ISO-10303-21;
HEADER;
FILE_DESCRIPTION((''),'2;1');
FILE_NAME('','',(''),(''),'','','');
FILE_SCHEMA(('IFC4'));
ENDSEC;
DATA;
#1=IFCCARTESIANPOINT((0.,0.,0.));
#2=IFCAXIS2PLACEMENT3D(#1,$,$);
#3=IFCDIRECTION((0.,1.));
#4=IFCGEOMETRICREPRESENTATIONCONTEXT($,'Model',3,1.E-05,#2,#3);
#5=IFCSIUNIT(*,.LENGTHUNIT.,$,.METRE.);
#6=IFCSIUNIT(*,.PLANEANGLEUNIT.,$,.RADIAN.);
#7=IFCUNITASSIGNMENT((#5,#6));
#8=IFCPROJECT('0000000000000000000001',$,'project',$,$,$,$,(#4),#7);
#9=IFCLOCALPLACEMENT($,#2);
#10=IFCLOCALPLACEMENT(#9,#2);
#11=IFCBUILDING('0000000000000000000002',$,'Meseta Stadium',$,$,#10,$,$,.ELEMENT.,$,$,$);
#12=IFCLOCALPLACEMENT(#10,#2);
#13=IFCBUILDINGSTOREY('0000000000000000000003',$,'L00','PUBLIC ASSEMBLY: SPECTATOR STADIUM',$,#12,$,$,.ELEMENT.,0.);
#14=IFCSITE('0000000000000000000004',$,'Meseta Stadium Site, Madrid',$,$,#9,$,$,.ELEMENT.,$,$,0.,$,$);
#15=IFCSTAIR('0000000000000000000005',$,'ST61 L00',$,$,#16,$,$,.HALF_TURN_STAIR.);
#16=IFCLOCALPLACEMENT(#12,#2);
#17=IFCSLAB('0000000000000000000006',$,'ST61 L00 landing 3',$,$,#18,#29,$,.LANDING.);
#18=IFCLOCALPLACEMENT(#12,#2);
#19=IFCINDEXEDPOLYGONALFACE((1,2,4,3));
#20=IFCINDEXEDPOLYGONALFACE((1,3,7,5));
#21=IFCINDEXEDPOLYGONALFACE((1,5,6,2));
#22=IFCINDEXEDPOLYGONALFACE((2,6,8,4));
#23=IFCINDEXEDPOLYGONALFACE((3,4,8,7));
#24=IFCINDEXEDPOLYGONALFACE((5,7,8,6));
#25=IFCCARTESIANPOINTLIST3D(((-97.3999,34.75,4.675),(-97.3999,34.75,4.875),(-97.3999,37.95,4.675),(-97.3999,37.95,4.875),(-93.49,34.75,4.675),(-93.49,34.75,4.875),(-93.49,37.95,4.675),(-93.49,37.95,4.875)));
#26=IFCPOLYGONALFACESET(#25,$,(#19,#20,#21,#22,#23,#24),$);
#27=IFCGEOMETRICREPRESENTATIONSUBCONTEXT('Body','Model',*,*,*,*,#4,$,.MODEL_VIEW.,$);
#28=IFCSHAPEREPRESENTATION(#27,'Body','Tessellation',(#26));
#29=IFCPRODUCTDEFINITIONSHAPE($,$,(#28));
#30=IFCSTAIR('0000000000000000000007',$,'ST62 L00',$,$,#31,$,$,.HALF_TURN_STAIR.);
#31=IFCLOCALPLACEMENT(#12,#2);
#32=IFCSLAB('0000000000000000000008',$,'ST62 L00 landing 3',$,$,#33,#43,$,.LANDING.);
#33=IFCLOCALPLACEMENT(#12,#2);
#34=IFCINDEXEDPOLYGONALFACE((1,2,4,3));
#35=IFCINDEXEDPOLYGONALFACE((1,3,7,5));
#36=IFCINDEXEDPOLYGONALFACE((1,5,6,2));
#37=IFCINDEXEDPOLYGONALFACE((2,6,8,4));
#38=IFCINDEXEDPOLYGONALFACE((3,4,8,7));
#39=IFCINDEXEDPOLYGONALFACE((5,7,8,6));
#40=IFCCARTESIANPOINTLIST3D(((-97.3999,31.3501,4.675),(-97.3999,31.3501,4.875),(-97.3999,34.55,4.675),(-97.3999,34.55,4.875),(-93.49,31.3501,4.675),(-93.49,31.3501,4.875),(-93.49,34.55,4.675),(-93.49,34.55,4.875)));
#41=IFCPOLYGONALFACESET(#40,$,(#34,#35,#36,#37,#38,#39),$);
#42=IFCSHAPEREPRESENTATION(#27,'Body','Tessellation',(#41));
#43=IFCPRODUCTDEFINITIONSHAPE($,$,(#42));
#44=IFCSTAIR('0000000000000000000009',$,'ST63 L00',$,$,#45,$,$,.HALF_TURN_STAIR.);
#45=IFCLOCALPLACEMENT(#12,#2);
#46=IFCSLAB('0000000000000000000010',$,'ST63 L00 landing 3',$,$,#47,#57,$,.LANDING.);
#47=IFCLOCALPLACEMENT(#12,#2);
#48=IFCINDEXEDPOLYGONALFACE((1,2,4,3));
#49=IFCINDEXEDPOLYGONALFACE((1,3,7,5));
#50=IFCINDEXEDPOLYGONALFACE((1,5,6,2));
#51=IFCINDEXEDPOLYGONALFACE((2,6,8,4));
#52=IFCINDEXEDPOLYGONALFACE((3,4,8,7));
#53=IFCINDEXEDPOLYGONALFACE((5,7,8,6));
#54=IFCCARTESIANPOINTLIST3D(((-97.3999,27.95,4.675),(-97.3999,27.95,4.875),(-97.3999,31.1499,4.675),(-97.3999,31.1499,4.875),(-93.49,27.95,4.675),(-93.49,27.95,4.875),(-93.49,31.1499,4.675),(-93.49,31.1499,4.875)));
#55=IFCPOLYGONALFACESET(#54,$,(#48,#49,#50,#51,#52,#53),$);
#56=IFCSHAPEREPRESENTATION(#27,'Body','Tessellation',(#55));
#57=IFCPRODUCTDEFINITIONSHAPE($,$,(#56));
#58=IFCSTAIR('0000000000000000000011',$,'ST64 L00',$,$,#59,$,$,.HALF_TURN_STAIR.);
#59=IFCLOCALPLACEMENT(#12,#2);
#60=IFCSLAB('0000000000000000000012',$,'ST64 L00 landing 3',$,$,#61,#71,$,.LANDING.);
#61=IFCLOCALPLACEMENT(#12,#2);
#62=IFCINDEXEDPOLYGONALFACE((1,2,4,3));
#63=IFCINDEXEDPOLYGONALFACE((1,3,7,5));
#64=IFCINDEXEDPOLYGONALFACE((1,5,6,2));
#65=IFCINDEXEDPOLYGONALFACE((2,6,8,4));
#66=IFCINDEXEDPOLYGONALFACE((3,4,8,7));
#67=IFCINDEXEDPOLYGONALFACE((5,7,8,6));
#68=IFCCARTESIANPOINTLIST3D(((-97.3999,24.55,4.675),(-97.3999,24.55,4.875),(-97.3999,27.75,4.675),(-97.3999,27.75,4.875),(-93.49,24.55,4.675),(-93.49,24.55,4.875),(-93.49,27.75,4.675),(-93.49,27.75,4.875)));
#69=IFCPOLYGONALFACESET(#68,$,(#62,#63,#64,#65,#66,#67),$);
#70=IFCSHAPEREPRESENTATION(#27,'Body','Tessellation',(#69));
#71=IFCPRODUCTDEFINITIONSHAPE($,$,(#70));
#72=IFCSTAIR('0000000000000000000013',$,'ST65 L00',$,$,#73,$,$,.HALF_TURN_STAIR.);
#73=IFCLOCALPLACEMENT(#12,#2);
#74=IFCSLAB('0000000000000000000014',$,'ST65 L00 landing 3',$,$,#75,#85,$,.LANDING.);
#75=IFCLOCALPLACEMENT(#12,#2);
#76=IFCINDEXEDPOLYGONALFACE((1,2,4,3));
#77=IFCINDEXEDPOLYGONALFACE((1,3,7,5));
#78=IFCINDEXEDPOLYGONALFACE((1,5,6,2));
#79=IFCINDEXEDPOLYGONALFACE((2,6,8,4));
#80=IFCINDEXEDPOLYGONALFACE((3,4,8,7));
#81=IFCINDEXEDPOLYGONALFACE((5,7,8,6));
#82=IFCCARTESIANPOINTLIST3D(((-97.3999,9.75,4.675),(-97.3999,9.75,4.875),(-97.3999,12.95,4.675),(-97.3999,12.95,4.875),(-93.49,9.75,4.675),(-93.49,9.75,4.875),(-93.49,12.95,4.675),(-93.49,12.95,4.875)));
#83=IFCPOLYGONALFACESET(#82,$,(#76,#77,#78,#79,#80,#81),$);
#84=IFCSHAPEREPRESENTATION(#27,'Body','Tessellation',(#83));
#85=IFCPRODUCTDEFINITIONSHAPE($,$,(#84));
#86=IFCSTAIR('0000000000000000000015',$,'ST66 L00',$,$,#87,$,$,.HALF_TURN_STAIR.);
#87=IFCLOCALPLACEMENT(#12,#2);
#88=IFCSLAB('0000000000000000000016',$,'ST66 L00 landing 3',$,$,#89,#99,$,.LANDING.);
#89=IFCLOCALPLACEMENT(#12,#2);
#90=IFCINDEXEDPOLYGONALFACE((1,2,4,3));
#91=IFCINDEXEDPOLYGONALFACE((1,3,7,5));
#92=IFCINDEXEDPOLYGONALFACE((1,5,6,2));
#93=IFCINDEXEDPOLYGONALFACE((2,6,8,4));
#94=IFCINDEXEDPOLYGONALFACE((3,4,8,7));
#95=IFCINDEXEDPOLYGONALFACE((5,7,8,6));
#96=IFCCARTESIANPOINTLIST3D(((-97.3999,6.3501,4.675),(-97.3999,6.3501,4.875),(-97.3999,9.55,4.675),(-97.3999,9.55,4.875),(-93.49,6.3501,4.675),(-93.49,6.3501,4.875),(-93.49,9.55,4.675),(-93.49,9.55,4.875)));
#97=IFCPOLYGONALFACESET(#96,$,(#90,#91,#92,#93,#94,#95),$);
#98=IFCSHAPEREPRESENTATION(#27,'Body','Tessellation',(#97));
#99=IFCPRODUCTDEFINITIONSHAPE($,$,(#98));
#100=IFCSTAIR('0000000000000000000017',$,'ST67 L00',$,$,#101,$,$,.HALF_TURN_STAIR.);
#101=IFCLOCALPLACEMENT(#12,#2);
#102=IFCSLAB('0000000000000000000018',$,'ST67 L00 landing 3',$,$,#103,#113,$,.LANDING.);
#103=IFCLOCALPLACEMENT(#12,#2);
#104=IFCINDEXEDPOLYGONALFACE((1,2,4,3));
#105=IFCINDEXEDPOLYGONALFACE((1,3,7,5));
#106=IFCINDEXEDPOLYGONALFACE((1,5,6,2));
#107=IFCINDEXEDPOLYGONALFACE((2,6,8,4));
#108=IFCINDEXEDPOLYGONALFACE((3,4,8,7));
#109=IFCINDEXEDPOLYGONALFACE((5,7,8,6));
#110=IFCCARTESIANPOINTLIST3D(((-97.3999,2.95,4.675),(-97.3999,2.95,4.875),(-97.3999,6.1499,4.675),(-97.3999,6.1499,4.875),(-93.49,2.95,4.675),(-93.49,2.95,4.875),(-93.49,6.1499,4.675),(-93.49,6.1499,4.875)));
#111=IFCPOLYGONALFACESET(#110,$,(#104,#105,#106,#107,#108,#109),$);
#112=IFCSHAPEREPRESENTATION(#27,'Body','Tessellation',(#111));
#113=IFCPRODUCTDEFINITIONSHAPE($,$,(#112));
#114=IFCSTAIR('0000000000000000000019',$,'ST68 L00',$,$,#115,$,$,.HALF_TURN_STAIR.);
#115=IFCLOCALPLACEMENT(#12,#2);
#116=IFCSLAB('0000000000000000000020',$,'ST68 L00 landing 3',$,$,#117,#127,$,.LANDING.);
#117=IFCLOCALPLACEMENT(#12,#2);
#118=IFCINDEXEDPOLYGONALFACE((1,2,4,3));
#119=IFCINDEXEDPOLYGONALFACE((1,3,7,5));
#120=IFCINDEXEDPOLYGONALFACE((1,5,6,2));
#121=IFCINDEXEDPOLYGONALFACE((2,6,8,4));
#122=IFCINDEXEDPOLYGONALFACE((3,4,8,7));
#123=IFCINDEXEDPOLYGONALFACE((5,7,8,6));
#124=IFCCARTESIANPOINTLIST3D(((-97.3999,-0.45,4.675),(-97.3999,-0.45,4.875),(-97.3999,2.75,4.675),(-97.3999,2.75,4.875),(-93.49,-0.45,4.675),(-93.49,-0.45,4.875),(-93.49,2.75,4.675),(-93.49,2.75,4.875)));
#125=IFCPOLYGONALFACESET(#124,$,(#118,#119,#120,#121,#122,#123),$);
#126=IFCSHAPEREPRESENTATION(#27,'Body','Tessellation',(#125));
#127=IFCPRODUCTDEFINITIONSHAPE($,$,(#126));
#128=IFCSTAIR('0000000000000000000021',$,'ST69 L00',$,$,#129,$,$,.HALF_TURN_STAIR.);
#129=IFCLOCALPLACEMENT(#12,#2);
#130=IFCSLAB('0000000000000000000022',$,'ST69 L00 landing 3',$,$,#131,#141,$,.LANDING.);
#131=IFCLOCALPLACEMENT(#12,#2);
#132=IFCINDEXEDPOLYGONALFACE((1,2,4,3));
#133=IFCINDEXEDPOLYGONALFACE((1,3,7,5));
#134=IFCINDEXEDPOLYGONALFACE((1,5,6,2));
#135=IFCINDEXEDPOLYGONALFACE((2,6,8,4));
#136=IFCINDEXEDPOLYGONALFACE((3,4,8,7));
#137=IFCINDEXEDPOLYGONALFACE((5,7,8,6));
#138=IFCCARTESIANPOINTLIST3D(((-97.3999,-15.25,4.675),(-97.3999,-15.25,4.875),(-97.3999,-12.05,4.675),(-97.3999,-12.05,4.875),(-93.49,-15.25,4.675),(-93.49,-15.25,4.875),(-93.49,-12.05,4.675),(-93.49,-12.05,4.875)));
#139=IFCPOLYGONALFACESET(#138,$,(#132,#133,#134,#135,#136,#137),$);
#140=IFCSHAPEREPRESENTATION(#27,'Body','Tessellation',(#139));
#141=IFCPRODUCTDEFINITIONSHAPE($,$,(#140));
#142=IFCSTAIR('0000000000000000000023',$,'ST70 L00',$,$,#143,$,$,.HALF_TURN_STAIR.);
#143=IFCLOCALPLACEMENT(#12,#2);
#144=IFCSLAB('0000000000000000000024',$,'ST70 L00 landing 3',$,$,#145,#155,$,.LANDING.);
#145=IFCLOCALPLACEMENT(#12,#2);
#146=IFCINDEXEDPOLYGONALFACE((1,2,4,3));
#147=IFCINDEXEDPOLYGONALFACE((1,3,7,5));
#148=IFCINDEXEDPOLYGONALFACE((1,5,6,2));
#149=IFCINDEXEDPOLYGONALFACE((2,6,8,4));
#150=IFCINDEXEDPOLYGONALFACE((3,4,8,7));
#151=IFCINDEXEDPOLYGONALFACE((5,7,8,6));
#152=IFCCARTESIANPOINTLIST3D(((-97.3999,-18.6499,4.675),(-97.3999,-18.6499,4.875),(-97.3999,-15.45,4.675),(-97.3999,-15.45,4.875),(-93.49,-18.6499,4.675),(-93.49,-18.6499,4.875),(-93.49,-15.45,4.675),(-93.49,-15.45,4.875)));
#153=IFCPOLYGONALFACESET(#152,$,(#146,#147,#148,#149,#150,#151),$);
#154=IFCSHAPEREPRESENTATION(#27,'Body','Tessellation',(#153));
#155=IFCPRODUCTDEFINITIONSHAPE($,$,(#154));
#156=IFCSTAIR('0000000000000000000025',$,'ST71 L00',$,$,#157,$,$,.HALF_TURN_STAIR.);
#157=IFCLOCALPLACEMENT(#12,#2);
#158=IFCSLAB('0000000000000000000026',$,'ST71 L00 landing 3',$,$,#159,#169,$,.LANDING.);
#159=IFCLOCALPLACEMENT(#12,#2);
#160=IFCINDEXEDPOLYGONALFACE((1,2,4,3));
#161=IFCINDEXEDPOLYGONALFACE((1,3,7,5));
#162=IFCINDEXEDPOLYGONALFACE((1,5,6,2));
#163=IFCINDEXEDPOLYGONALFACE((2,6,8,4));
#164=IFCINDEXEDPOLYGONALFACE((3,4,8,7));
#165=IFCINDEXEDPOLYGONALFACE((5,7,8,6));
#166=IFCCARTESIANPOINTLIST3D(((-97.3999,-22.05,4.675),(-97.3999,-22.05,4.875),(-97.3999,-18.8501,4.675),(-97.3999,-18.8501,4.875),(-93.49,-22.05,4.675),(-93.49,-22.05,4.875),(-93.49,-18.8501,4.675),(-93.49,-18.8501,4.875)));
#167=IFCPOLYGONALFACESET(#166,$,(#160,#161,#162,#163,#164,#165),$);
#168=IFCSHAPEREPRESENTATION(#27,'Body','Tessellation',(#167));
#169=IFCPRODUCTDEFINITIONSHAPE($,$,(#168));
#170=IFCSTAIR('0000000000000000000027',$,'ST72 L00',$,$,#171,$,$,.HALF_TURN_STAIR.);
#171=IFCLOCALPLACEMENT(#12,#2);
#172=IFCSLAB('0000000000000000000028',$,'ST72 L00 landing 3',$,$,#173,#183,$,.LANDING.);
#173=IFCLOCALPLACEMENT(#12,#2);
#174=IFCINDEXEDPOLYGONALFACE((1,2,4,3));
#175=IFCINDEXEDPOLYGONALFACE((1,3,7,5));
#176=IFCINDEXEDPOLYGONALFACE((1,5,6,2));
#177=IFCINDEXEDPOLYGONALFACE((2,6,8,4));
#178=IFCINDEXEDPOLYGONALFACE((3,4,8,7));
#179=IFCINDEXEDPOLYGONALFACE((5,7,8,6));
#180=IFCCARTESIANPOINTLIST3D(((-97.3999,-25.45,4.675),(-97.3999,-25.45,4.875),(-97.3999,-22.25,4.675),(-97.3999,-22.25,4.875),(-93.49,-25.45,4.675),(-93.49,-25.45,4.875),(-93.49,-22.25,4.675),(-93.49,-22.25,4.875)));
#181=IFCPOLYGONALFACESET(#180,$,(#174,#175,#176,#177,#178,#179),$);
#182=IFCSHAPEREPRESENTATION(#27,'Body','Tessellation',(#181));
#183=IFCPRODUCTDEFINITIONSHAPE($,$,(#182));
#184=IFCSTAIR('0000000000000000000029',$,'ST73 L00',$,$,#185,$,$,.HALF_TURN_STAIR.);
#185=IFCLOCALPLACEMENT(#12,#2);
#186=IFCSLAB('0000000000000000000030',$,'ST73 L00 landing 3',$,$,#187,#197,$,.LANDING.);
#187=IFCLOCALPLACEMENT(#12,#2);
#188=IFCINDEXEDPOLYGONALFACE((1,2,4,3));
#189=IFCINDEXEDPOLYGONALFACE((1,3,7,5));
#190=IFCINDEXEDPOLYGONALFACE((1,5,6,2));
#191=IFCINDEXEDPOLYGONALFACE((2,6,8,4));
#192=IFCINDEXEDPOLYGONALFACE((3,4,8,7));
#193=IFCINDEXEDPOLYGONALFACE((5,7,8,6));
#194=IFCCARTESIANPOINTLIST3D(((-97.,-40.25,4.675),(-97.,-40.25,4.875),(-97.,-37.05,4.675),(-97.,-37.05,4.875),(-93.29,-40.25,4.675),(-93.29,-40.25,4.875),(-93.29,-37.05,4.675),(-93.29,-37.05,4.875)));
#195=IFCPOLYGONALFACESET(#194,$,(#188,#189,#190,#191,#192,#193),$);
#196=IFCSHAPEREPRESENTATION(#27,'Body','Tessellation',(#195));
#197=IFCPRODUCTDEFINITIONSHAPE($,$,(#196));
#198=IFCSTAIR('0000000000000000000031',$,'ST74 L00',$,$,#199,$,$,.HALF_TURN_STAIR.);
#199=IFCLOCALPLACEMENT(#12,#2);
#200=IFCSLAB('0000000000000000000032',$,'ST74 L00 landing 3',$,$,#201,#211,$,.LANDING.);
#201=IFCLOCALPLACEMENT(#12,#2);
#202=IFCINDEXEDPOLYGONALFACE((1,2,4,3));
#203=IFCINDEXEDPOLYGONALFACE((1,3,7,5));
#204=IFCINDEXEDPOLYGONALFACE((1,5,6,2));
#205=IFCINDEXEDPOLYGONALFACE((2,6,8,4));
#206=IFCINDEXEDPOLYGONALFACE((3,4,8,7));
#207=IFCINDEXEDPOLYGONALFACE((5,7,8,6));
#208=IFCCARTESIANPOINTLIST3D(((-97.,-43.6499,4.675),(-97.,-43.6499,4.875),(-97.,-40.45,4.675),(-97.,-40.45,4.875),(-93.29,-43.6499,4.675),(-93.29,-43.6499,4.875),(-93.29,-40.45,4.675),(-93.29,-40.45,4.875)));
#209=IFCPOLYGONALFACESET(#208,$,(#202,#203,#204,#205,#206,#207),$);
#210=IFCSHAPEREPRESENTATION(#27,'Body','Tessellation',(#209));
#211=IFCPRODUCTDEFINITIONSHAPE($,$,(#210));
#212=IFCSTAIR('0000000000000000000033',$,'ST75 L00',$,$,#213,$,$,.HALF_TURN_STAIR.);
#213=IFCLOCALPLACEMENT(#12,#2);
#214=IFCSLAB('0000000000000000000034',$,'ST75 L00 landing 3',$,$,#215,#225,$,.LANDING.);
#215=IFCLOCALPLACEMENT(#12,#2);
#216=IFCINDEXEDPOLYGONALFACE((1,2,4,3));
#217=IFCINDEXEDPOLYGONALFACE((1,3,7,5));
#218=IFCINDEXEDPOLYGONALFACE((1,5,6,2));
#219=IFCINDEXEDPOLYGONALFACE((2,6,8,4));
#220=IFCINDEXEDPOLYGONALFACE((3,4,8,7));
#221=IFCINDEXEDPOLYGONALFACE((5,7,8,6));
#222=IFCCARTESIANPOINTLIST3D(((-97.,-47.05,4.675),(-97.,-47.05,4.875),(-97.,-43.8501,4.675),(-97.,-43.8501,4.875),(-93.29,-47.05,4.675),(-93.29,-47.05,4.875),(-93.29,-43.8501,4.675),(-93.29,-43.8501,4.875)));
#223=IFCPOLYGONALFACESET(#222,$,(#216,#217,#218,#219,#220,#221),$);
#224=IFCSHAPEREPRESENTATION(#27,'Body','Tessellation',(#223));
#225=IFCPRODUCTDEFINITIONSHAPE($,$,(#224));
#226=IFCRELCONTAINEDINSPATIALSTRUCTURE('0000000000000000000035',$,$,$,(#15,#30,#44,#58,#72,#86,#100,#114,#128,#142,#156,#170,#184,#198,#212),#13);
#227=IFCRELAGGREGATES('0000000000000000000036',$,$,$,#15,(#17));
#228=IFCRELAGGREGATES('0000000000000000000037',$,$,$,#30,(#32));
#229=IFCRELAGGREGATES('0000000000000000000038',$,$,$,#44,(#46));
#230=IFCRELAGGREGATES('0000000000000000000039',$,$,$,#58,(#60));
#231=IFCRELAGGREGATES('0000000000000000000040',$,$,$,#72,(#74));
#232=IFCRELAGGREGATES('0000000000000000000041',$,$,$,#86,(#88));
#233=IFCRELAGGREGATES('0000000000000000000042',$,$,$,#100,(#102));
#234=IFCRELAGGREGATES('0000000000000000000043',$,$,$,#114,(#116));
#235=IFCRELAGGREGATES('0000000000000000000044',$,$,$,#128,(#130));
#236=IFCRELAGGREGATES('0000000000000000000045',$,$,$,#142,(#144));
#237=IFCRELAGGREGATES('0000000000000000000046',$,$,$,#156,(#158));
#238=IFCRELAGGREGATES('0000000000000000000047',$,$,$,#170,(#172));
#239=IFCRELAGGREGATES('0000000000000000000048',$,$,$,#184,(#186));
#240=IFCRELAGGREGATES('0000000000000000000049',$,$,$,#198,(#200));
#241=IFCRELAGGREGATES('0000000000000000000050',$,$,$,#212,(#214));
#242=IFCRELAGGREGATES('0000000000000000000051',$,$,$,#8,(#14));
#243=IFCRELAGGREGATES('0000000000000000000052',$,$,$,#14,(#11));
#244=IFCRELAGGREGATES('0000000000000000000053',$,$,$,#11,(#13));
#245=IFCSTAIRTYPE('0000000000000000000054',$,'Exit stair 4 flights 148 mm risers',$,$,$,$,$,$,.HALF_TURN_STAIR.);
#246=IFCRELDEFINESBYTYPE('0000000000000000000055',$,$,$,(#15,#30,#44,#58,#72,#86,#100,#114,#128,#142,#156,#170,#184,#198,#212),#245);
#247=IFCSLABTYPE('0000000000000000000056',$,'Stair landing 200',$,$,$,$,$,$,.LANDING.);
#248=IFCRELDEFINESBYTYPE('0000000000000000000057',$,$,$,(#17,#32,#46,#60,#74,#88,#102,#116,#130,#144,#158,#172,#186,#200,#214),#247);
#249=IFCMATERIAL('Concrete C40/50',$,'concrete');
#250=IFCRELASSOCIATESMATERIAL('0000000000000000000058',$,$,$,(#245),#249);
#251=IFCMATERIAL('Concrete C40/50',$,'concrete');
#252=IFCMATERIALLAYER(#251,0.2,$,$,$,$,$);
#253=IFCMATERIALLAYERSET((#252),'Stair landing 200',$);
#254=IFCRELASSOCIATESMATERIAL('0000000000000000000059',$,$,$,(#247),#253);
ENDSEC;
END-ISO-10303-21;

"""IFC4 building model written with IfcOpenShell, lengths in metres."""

from ifc_helpers import new_model, si_unit, direction, frame, origin, place, context, subcontext, project, spatial, polyline, outline, extrude, material, layer, layer_set, type_object, element, aggregate, save


model = new_model("IFC4")

# Units and contexts
model_context = context("Model", 3, precision=1e-05, world=origin(), true_north=direction((0.0, 1.0)))
body_context = subcontext(model_context, "Body", "Model", "MODEL_VIEW")
ifc_project = project(units=[si_unit("LENGTHUNIT", "METRE"), si_unit("PLANEANGLEUNIT", "RADIAN")], contexts=[model_context])

# Site, building, storey
site_placement = place(None, origin())
site = spatial("IfcSite", under=ifc_project, at=site_placement, Name="Meseta Stadium Site, Madrid", CompositionType="ELEMENT", RefElevation=0.0)
building_placement = place(site_placement, origin())
building = spatial("IfcBuilding", under=site, at=building_placement, Name="Meseta Stadium", CompositionType="ELEMENT")
storey_placement = place(building_placement, origin())
storey = spatial("IfcBuildingStorey", under=building, at=storey_placement, Name="L00", Description="PUBLIC ASSEMBLY: SPECTATOR STADIUM", CompositionType="ELEMENT", Elevation=0.0)

# Stairs, slabs
ifc_material_1 = material(Name="Concrete C40/50", Category="concrete")
stair_type = type_object("IfcStairType", Name="Exit stair 4 flights 148 mm risers", PredefinedType="HALF_TURN_STAIR", material=ifc_material_1)
ifc_material_2 = material(Name="Concrete C40/50", Category="concrete")
ifc_layer = layer(ifc_material_2, 0.2)
ifc_layer_set = layer_set([ifc_layer], Name="Stair landing 200")
slab_type = type_object("IfcSlabType", Name="Stair landing 200", PredefinedType="LANDING", material=ifc_layer_set)
stair_1_placement = place(storey_placement, origin())
stair_1 = element("IfcStair", 1, at=stair_1_placement, inside=storey, type_object=stair_type, Name="ST61 L00", PredefinedType="HALF_TURN_STAIR")
slab_1_placement = place(storey_placement, frame((0.0, 0.0, 4.675)))
slab_1 = element("IfcSlab", 2, at=slab_1_placement, type_object=slab_type, Name="ST61 L00 landing 3", PredefinedType="LANDING", context=body_context, shape_type="SweptSolid", body=[
    extrude(outline(polyline([(-93.49, 37.95), (-97.3999, 37.95), (-97.3999, 34.75), (-93.49, 34.75), (-93.49, 37.95)])), origin(), (0.0, 0.0, 1.0), 0.2),
])
aggregate(stair_1, [slab_1])
stair_2_placement = place(storey_placement, origin())
stair_2 = element("IfcStair", 3, at=stair_2_placement, inside=storey, type_object=stair_type, Name="ST62 L00", PredefinedType="HALF_TURN_STAIR")
slab_2_placement = place(storey_placement, frame((0.0, 0.0, 4.675)))
slab_2 = element("IfcSlab", 4, at=slab_2_placement, type_object=slab_type, Name="ST62 L00 landing 3", PredefinedType="LANDING", context=body_context, shape_type="SweptSolid", body=[
    extrude(outline(polyline([(-93.49, 34.55), (-97.3999, 34.55), (-97.3999, 31.3501), (-93.49, 31.3501), (-93.49, 34.55)])), origin(), (0.0, 0.0, 1.0), 0.2),
])
aggregate(stair_2, [slab_2])
stair_3_placement = place(storey_placement, origin())
stair_3 = element("IfcStair", 5, at=stair_3_placement, inside=storey, type_object=stair_type, Name="ST63 L00", PredefinedType="HALF_TURN_STAIR")
slab_3_placement = place(storey_placement, frame((0.0, 0.0, 4.675)))
slab_3 = element("IfcSlab", 6, at=slab_3_placement, type_object=slab_type, Name="ST63 L00 landing 3", PredefinedType="LANDING", context=body_context, shape_type="SweptSolid", body=[
    extrude(outline(polyline([(-93.49, 31.1499), (-97.3999, 31.1499), (-97.3999, 27.95), (-93.49, 27.95), (-93.49, 31.1499)])), origin(), (0.0, 0.0, 1.0), 0.2),
])
aggregate(stair_3, [slab_3])
stair_4_placement = place(storey_placement, origin())
stair_4 = element("IfcStair", 7, at=stair_4_placement, inside=storey, type_object=stair_type, Name="ST64 L00", PredefinedType="HALF_TURN_STAIR")
slab_4_placement = place(storey_placement, frame((0.0, 0.0, 4.675)))
slab_4 = element("IfcSlab", 8, at=slab_4_placement, type_object=slab_type, Name="ST64 L00 landing 3", PredefinedType="LANDING", context=body_context, shape_type="SweptSolid", body=[
    extrude(outline(polyline([(-93.49, 27.75), (-97.3999, 27.75), (-97.3999, 24.55), (-93.49, 24.55), (-93.49, 27.75)])), origin(), (0.0, 0.0, 1.0), 0.2),
])
aggregate(stair_4, [slab_4])
stair_5_placement = place(storey_placement, origin())
stair_5 = element("IfcStair", 9, at=stair_5_placement, inside=storey, type_object=stair_type, Name="ST65 L00", PredefinedType="HALF_TURN_STAIR")
slab_5_placement = place(storey_placement, frame((0.0, 0.0, 4.675)))
slab_5 = element("IfcSlab", 10, at=slab_5_placement, type_object=slab_type, Name="ST65 L00 landing 3", PredefinedType="LANDING", context=body_context, shape_type="SweptSolid", body=[
    extrude(outline(polyline([(-93.49, 12.95), (-97.3999, 12.95), (-97.3999, 9.75), (-93.49, 9.75), (-93.49, 12.95)])), origin(), (0.0, 0.0, 1.0), 0.2),
])
aggregate(stair_5, [slab_5])
stair_6_placement = place(storey_placement, origin())
stair_6 = element("IfcStair", 11, at=stair_6_placement, inside=storey, type_object=stair_type, Name="ST66 L00", PredefinedType="HALF_TURN_STAIR")
slab_6_placement = place(storey_placement, frame((0.0, 0.0, 4.675)))
slab_6 = element("IfcSlab", 12, at=slab_6_placement, type_object=slab_type, Name="ST66 L00 landing 3", PredefinedType="LANDING", context=body_context, shape_type="SweptSolid", body=[
    extrude(outline(polyline([(-93.49, 9.55), (-97.3999, 9.55), (-97.3999, 6.3501), (-93.49, 6.3501), (-93.49, 9.55)])), origin(), (0.0, 0.0, 1.0), 0.2),
])
aggregate(stair_6, [slab_6])
stair_7_placement = place(storey_placement, origin())
stair_7 = element("IfcStair", 13, at=stair_7_placement, inside=storey, type_object=stair_type, Name="ST67 L00", PredefinedType="HALF_TURN_STAIR")
slab_7_placement = place(storey_placement, frame((0.0, 0.0, 4.675)))
slab_7 = element("IfcSlab", 14, at=slab_7_placement, type_object=slab_type, Name="ST67 L00 landing 3", PredefinedType="LANDING", context=body_context, shape_type="SweptSolid", body=[
    extrude(outline(polyline([(-93.49, 6.1499), (-97.3999, 6.1499), (-97.3999, 2.95), (-93.49, 2.95), (-93.49, 6.1499)])), origin(), (0.0, 0.0, 1.0), 0.2),
])
aggregate(stair_7, [slab_7])
stair_8_placement = place(storey_placement, origin())
stair_8 = element("IfcStair", 15, at=stair_8_placement, inside=storey, type_object=stair_type, Name="ST68 L00", PredefinedType="HALF_TURN_STAIR")
slab_8_placement = place(storey_placement, frame((0.0, 0.0, 4.675)))
slab_8 = element("IfcSlab", 16, at=slab_8_placement, type_object=slab_type, Name="ST68 L00 landing 3", PredefinedType="LANDING", context=body_context, shape_type="SweptSolid", body=[
    extrude(outline(polyline([(-93.49, 2.75), (-97.3999, 2.75), (-97.3999, -0.45), (-93.49, -0.45), (-93.49, 2.75)])), origin(), (0.0, 0.0, 1.0), 0.2),
])
aggregate(stair_8, [slab_8])
stair_9_placement = place(storey_placement, origin())
stair_9 = element("IfcStair", 17, at=stair_9_placement, inside=storey, type_object=stair_type, Name="ST69 L00", PredefinedType="HALF_TURN_STAIR")
slab_9_placement = place(storey_placement, frame((0.0, 0.0, 4.675)))
slab_9 = element("IfcSlab", 18, at=slab_9_placement, type_object=slab_type, Name="ST69 L00 landing 3", PredefinedType="LANDING", context=body_context, shape_type="SweptSolid", body=[
    extrude(outline(polyline([(-93.49, -12.05), (-97.3999, -12.05), (-97.3999, -15.25), (-93.49, -15.25), (-93.49, -12.05)])), origin(), (0.0, 0.0, 1.0), 0.2),
])
aggregate(stair_9, [slab_9])
stair_10_placement = place(storey_placement, origin())
stair_10 = element("IfcStair", 19, at=stair_10_placement, inside=storey, type_object=stair_type, Name="ST70 L00", PredefinedType="HALF_TURN_STAIR")
slab_10_placement = place(storey_placement, frame((0.0, 0.0, 4.675)))
slab_10 = element("IfcSlab", 20, at=slab_10_placement, type_object=slab_type, Name="ST70 L00 landing 3", PredefinedType="LANDING", context=body_context, shape_type="SweptSolid", body=[
    extrude(outline(polyline([(-93.49, -15.45), (-97.3999, -15.45), (-97.3999, -18.6499), (-93.49, -18.6499), (-93.49, -15.45)])), origin(), (0.0, 0.0, 1.0), 0.2),
])
aggregate(stair_10, [slab_10])
stair_11_placement = place(storey_placement, origin())
stair_11 = element("IfcStair", 21, at=stair_11_placement, inside=storey, type_object=stair_type, Name="ST71 L00", PredefinedType="HALF_TURN_STAIR")
slab_11_placement = place(storey_placement, frame((0.0, 0.0, 4.675)))
slab_11 = element("IfcSlab", 22, at=slab_11_placement, type_object=slab_type, Name="ST71 L00 landing 3", PredefinedType="LANDING", context=body_context, shape_type="SweptSolid", body=[
    extrude(outline(polyline([(-93.49, -18.8501), (-97.3999, -18.8501), (-97.3999, -22.05), (-93.49, -22.05), (-93.49, -18.8501)])), origin(), (0.0, 0.0, 1.0), 0.2),
])
aggregate(stair_11, [slab_11])
stair_12_placement = place(storey_placement, origin())
stair_12 = element("IfcStair", 23, at=stair_12_placement, inside=storey, type_object=stair_type, Name="ST72 L00", PredefinedType="HALF_TURN_STAIR")
slab_12_placement = place(storey_placement, frame((0.0, 0.0, 4.675)))
slab_12 = element("IfcSlab", 24, at=slab_12_placement, type_object=slab_type, Name="ST72 L00 landing 3", PredefinedType="LANDING", context=body_context, shape_type="SweptSolid", body=[
    extrude(outline(polyline([(-93.49, -22.25), (-97.3999, -22.25), (-97.3999, -25.45), (-93.49, -25.45), (-93.49, -22.25)])), origin(), (0.0, 0.0, 1.0), 0.2),
])
aggregate(stair_12, [slab_12])
stair_13_placement = place(storey_placement, origin())
stair_13 = element("IfcStair", 25, at=stair_13_placement, inside=storey, type_object=stair_type, Name="ST73 L00", PredefinedType="HALF_TURN_STAIR")
slab_13_placement = place(storey_placement, frame((0.0, 0.0, 4.675)))
slab_13 = element("IfcSlab", 26, at=slab_13_placement, type_object=slab_type, Name="ST73 L00 landing 3", PredefinedType="LANDING", context=body_context, shape_type="SweptSolid", body=[
    extrude(outline(polyline([(-93.29, -37.05), (-97.0, -37.05), (-97.0, -40.25), (-93.29, -40.25), (-93.29, -37.05)])), origin(), (0.0, 0.0, 1.0), 0.2),
])
aggregate(stair_13, [slab_13])
stair_14_placement = place(storey_placement, origin())
stair_14 = element("IfcStair", 27, at=stair_14_placement, inside=storey, type_object=stair_type, Name="ST74 L00", PredefinedType="HALF_TURN_STAIR")
slab_14_placement = place(storey_placement, frame((0.0, 0.0, 4.675)))
slab_14 = element("IfcSlab", 28, at=slab_14_placement, type_object=slab_type, Name="ST74 L00 landing 3", PredefinedType="LANDING", context=body_context, shape_type="SweptSolid", body=[
    extrude(outline(polyline([(-93.29, -40.45), (-97.0, -40.45), (-97.0, -43.6499), (-93.29, -43.6499), (-93.29, -40.45)])), origin(), (0.0, 0.0, 1.0), 0.2),
])
aggregate(stair_14, [slab_14])
stair_15_placement = place(storey_placement, origin())
stair_15 = element("IfcStair", 29, at=stair_15_placement, inside=storey, type_object=stair_type, Name="ST75 L00", PredefinedType="HALF_TURN_STAIR")
slab_15_placement = place(storey_placement, frame((0.0, 0.0, 4.675)))
slab_15 = element("IfcSlab", 30, at=slab_15_placement, type_object=slab_type, Name="ST75 L00 landing 3", PredefinedType="LANDING", context=body_context, shape_type="SweptSolid", body=[
    extrude(outline(polyline([(-93.29, -43.8501), (-97.0, -43.8501), (-97.0, -47.05), (-93.29, -47.05), (-93.29, -43.8501)])), origin(), (0.0, 0.0, 1.0), 0.2),
])
aggregate(stair_15, [slab_15])

save(model, "model.ifc")
